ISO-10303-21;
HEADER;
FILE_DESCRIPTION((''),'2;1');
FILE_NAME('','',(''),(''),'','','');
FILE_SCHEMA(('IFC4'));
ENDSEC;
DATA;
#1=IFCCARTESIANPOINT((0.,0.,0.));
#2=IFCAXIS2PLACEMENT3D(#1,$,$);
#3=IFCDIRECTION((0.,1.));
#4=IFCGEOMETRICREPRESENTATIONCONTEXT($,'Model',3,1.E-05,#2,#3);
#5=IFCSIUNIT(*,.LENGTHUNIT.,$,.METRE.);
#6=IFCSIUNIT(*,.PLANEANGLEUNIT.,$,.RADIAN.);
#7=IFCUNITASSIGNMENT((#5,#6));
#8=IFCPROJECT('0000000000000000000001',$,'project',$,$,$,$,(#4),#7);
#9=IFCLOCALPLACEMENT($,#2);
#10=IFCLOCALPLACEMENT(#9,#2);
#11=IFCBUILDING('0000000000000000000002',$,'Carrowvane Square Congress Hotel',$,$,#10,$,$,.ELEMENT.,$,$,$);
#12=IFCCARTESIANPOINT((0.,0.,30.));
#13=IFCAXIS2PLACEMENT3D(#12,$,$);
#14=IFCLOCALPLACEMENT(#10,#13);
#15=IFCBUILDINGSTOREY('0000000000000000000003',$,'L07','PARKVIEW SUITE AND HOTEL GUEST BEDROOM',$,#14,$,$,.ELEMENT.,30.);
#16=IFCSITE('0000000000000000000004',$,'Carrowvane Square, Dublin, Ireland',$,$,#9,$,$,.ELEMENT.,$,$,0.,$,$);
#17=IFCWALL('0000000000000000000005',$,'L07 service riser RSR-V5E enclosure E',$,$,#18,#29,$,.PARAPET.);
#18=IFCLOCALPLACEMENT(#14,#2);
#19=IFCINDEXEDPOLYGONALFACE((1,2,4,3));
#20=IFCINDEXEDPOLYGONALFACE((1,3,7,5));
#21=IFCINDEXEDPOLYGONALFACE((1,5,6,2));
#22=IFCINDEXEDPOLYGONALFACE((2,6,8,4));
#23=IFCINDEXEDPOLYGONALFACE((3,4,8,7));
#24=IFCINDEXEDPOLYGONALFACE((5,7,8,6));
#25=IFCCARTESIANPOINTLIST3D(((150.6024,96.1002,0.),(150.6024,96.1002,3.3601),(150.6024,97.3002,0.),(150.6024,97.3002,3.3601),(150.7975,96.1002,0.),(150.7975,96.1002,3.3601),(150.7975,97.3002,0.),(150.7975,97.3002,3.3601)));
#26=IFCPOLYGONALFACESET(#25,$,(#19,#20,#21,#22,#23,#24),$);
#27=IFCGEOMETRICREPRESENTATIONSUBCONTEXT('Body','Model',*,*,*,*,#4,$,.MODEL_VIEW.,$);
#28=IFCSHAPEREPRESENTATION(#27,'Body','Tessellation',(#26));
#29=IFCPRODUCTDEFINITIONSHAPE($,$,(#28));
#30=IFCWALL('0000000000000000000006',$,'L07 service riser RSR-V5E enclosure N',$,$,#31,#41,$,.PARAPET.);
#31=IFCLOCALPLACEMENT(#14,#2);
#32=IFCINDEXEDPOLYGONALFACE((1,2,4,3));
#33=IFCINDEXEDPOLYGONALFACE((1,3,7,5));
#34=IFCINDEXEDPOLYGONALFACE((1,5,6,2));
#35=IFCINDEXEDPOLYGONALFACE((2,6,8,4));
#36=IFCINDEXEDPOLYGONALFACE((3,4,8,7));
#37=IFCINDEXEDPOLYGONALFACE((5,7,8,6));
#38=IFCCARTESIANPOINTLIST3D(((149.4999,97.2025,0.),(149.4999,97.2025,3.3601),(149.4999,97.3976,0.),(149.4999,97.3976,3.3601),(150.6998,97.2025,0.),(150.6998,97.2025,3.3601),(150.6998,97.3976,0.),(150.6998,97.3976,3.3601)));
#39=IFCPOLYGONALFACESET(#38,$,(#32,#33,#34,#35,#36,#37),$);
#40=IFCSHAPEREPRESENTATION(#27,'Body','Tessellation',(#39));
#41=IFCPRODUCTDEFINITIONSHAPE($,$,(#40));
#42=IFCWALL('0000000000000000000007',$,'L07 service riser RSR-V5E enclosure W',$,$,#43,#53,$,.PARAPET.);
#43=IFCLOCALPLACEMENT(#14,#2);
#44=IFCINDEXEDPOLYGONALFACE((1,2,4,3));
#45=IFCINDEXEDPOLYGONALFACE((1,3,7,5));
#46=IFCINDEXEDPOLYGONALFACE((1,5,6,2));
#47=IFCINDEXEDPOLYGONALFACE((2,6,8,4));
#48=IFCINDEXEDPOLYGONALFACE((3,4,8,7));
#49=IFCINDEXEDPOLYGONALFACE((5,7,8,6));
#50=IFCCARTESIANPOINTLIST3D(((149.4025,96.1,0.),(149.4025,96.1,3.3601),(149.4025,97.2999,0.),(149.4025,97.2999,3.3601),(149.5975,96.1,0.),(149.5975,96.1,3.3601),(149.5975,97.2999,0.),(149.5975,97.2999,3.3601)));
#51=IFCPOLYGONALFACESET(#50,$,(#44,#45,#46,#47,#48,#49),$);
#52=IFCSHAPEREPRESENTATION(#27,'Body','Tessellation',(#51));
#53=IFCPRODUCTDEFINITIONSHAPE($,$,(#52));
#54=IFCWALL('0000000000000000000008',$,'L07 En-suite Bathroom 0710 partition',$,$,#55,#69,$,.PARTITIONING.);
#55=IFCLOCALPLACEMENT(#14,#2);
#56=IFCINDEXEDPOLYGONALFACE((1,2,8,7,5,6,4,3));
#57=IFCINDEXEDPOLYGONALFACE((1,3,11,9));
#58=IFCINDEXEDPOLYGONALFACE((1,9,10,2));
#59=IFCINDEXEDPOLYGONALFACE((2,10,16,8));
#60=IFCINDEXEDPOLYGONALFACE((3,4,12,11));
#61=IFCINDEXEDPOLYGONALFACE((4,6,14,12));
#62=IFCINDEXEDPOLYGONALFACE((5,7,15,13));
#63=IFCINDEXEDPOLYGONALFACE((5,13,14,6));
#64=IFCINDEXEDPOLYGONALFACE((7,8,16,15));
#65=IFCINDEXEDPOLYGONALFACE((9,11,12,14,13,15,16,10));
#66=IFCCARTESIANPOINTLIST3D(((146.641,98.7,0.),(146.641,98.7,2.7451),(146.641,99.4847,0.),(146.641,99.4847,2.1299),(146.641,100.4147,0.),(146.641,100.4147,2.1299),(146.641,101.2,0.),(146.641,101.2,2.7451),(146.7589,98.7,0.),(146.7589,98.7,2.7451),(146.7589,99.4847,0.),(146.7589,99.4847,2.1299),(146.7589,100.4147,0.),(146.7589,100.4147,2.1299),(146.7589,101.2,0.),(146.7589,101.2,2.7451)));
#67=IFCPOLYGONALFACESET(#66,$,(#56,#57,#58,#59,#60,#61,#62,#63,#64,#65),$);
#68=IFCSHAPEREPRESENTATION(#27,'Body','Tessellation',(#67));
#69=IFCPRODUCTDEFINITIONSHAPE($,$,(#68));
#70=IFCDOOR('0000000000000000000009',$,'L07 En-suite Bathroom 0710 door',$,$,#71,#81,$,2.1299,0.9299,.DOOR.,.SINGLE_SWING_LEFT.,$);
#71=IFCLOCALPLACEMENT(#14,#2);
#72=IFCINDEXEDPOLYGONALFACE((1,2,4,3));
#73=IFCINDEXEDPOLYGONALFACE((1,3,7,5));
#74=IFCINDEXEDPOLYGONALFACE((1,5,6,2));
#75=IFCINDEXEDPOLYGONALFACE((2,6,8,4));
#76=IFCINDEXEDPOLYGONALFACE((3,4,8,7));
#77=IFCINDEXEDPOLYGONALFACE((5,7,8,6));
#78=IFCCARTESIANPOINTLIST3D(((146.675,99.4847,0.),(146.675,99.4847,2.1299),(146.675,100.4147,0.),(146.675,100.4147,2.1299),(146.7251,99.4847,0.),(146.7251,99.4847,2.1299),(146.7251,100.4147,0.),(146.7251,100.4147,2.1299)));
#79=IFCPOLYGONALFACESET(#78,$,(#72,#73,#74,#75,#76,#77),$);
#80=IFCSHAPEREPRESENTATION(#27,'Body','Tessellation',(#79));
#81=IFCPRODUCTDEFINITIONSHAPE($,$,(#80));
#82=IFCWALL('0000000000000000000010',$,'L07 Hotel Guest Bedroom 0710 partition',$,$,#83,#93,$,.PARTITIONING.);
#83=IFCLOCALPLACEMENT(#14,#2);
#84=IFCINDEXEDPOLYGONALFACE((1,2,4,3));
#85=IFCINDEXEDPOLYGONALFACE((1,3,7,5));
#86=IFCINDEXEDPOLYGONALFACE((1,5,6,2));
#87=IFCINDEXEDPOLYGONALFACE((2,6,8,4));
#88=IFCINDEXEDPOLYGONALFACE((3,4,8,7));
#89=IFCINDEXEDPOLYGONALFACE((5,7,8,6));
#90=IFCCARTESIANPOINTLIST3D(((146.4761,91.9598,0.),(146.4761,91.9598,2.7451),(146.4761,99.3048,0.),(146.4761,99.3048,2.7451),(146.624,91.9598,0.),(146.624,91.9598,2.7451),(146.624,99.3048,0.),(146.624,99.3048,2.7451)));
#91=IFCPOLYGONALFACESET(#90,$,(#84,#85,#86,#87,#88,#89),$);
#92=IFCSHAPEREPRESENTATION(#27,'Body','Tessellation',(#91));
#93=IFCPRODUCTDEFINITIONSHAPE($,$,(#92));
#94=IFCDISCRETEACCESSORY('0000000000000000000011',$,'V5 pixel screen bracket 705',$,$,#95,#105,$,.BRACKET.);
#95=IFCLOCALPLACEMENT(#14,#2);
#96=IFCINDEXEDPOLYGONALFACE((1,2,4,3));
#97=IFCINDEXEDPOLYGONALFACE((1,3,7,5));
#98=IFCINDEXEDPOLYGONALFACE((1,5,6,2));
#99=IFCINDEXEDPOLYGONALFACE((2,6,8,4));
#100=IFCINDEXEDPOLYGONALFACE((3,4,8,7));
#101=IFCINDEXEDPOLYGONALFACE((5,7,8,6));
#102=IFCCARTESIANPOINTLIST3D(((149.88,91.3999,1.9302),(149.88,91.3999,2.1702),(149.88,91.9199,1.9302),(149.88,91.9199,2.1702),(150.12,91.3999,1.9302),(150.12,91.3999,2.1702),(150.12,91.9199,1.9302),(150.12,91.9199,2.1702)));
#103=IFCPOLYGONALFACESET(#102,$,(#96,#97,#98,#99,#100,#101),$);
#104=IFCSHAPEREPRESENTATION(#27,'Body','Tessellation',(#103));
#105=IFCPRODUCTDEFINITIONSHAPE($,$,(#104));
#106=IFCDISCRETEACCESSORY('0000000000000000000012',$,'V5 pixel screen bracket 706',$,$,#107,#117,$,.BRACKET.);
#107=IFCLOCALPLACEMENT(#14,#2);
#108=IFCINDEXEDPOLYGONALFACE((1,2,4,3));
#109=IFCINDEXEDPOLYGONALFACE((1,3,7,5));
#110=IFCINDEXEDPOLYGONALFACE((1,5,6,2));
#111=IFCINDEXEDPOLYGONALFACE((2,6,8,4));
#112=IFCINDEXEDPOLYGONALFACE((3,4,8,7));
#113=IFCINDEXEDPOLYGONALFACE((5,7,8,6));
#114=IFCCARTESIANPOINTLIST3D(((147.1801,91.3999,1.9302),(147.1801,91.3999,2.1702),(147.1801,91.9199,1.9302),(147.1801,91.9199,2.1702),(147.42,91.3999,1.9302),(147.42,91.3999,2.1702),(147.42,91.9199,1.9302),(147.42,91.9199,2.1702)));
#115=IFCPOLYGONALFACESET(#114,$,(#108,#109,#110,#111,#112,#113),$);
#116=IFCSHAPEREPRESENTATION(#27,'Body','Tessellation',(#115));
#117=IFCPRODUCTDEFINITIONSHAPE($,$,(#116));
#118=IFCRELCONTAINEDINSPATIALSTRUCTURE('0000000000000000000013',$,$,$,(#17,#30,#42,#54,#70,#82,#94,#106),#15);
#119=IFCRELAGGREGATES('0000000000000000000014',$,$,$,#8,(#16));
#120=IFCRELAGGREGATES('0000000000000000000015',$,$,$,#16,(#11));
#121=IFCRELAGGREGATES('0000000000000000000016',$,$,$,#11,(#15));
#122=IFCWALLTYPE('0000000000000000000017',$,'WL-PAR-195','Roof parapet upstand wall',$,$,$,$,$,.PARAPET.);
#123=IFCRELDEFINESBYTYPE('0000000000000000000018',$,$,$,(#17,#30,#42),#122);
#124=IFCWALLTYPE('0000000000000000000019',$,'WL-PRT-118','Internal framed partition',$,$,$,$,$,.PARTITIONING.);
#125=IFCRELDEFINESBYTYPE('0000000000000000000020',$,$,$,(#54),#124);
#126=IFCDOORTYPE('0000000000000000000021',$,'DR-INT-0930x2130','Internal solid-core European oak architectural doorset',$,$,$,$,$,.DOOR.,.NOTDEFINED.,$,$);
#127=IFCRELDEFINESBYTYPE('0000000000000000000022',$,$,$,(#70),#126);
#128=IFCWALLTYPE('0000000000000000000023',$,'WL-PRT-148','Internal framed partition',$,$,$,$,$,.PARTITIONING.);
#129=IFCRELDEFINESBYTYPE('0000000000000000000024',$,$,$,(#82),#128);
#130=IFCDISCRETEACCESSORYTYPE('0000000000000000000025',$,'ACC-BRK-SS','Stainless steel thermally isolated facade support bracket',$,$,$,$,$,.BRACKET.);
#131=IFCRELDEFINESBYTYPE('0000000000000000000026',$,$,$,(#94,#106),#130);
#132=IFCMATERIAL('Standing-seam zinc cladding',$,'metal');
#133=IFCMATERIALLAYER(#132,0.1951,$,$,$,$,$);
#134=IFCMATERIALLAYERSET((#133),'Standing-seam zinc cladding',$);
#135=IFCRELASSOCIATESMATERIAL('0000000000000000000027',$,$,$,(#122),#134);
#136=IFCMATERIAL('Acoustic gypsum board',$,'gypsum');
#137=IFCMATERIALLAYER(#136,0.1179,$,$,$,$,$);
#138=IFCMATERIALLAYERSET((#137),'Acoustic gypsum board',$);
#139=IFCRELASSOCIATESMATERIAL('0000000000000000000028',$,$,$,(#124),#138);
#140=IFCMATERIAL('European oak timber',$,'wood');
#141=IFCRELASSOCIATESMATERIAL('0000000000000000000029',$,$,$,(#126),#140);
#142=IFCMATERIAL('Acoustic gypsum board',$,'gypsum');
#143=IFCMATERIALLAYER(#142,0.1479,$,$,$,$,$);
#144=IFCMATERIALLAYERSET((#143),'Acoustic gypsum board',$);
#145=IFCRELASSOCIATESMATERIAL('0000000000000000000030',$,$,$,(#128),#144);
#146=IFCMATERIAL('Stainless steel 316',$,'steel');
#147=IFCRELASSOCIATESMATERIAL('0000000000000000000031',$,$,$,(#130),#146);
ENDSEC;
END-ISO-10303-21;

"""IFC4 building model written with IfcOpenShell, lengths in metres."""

from ifc_helpers import new_model, si_unit, direction, frame, frame_2d, origin, origin_2d, place, context, subcontext, project, spatial, rectangle, extrude, material, layer, layer_set, type_object, element, fill, save


model = new_model("IFC4")

# Units and contexts
model_context = context("Model", 3, precision=1e-05, world=origin(), true_north=direction((0.0, 1.0)))
body_context = subcontext(model_context, "Body", "Model", "MODEL_VIEW")
ifc_project = project(units=[si_unit("LENGTHUNIT", "METRE"), si_unit("PLANEANGLEUNIT", "RADIAN")], contexts=[model_context])

# Site, building, storey
site_placement = place(None, origin())
site = spatial("IfcSite", under=ifc_project, at=site_placement, Name="Carrowvane Square, Dublin, Ireland", CompositionType="ELEMENT", RefElevation=0.0)
building_placement = place(site_placement, origin())
building = spatial("IfcBuilding", under=site, at=building_placement, Name="Carrowvane Square Congress Hotel", CompositionType="ELEMENT")
storey_placement = place(building_placement, frame((0.0, 0.0, 30.0)))
storey = spatial("IfcBuildingStorey", under=building, at=storey_placement, Name="L07", Description="PARKVIEW SUITE AND HOTEL GUEST BEDROOM", CompositionType="ELEMENT", Elevation=30.0)

# Walls
ifc_material_1 = material(Name="Standing-seam zinc cladding", Category="metal")
ifc_layer_1 = layer(ifc_material_1, 0.1951)
ifc_layer_set_1 = layer_set([ifc_layer_1], Name="Standing-seam zinc cladding")
wall_type_1 = type_object("IfcWallType", Name="WL-PAR-195", Description="Roof parapet upstand wall", PredefinedType="PARAPET", material=ifc_layer_set_1)
for number, where, z_axis, x_axis, name in (
    (1, (150.7, 96.1001, 0.0), (0.0, 0.0, 1.0), (0.0, 1.0, 0.0), "L07 service riser RSR-V5E enclosure E"),
    (2, (150.7, 97.3, 0.0), (0.0, 0.0, 1.0), (-1.0, 0.0, 0.0), "L07 service riser RSR-V5E enclosure N"),
    (3, (149.5, 97.3, 0.0), (0.0, 0.0, 1.0), (0.0, -1.0, 0.0), "L07 service riser RSR-V5E enclosure W"),
):
    element("IfcWall", number, at=place(storey_placement, frame(where, z_axis=z_axis, x_axis=x_axis)), inside=storey, type_object=wall_type_1, Name=name, PredefinedType="PARAPET", context=body_context, shape_type="SweptSolid", body=[
        extrude(rectangle(XDim=1.2, YDim=0.1951, at=frame_2d((0.6001, 0.0))), origin(), (0.0, 0.0, 1.0), 3.3601),
    ])

# Wall, opening, door
ifc_material_2 = material(Name="Acoustic gypsum board", Category="gypsum")
ifc_layer_2 = layer(ifc_material_2, 0.1179)
ifc_layer_set_2 = layer_set([ifc_layer_2], Name="Acoustic gypsum board")
wall_type_2 = type_object("IfcWallType", Name="WL-PRT-118", Description="Internal framed partition", PredefinedType="PARTITIONING", material=ifc_layer_set_2)
wall_1_placement = place(storey_placement, frame((146.7, 98.7, 0.0), z_axis=(0.0, 0.0, 1.0), x_axis=(0.0, 1.0, 0.0)))
wall_1 = element("IfcWall", 4, at=wall_1_placement, inside=storey, type_object=wall_type_2, Name="L07 En-suite Bathroom 0710 partition", PredefinedType="PARTITIONING", context=body_context, shape_type="SweptSolid", body=[
    extrude(rectangle(XDim=2.5, YDim=0.1179, at=frame_2d((1.25, 0.0))), origin(), (0.0, 0.0, 1.0), 2.7451),
])
opening_1_placement = place(wall_1_placement, frame((0.7849, 0.0, 0.0)))
opening_1 = element("IfcOpeningElement", 5, at=opening_1_placement, cuts=wall_1, PredefinedType="OPENING", context=body_context, shape_type="SweptSolid", body=[
    extrude(rectangle(XDim=0.9299, YDim=2.1299, at=frame_2d((0.4648, 1.0649))), frame((0.0, 0.0688, 0.0), z_axis=(0.0, -1.0, 0.0), x_axis=(1.0, 0.0, 0.0)), (0.0, 0.0, 1.0), 0.1379),
])
ifc_material_3 = material(Name="European oak timber", Category="wood")
door_type = type_object("IfcDoorType", Name="DR-INT-0930x2130", Description="Internal solid-core European oak architectural doorset", OperationType="NOTDEFINED", PredefinedType="DOOR", material=ifc_material_3)
door_placement = place(opening_1_placement, origin())
door = element("IfcDoor", 6, at=door_placement, inside=storey, type_object=door_type, Name="L07 En-suite Bathroom 0710 door", OperationType="SINGLE_SWING_LEFT", OverallHeight=2.1299, OverallWidth=0.9299, PredefinedType="DOOR", context=body_context, shape_type="SweptSolid", body=[
    extrude(rectangle(XDim=0.9299, YDim=2.1299, at=frame_2d((0.4648, 1.0649))), frame((0.0, 0.0249, 0.0), z_axis=(0.0, -1.0, 0.0), x_axis=(1.0, 0.0, 0.0)), (0.0, 0.0, 1.0), 0.05),
])
fill(opening_1, door)

# Wall
ifc_material_4 = material(Name="Acoustic gypsum board", Category="gypsum")
ifc_layer_3 = layer(ifc_material_4, 0.1479)
ifc_layer_set_3 = layer_set([ifc_layer_3], Name="Acoustic gypsum board")
wall_type_3 = type_object("IfcWallType", Name="WL-PRT-148", Description="Internal framed partition", PredefinedType="PARTITIONING", material=ifc_layer_set_3)
wall_2_placement = place(storey_placement, frame((146.55, 91.96, 0.0), z_axis=(0.0, 0.0, 1.0), x_axis=(0.0, 1.0, 0.0)))
element("IfcWall", 7, at=wall_2_placement, inside=storey, type_object=wall_type_3, Name="L07 Hotel Guest Bedroom 0710 partition", PredefinedType="PARTITIONING", context=body_context, shape_type="SweptSolid", body=[
    extrude(rectangle(XDim=7.345, YDim=0.1479, at=frame_2d((3.6724, 0.0))), origin(), (0.0, 0.0, 1.0), 2.7451),
])

# Discrete accessories
ifc_material_5 = material(Name="Stainless steel 316", Category="steel")
discrete_accessory_type = type_object("IfcDiscreteAccessoryType", Name="ACC-BRK-SS", Description="Stainless steel thermally isolated facade support bracket", PredefinedType="BRACKET", material=ifc_material_5)
for number, where, z_axis, x_axis, name in (
    (8, (150.0, 91.6599, 1.9302), (0.0, 0.0, 1.0), (-1.0, 0.0, 0.0), "V5 pixel screen bracket 705"),
    (9, (147.3, 91.6599, 1.9302), (0.0, 0.0, 1.0), (-1.0, 0.0, 0.0), "V5 pixel screen bracket 706"),
):
    element("IfcDiscreteAccessory", number, at=place(storey_placement, frame(where, z_axis=z_axis, x_axis=x_axis)), inside=storey, type_object=discrete_accessory_type, Name=name, PredefinedType="BRACKET", context=body_context, shape_type="SweptSolid", body=[
        extrude(rectangle(XDim=0.24, YDim=0.52, at=origin_2d()), origin(), (0.0, 0.0, 1.0), 0.24),
    ])

save(model, "model.ifc")
